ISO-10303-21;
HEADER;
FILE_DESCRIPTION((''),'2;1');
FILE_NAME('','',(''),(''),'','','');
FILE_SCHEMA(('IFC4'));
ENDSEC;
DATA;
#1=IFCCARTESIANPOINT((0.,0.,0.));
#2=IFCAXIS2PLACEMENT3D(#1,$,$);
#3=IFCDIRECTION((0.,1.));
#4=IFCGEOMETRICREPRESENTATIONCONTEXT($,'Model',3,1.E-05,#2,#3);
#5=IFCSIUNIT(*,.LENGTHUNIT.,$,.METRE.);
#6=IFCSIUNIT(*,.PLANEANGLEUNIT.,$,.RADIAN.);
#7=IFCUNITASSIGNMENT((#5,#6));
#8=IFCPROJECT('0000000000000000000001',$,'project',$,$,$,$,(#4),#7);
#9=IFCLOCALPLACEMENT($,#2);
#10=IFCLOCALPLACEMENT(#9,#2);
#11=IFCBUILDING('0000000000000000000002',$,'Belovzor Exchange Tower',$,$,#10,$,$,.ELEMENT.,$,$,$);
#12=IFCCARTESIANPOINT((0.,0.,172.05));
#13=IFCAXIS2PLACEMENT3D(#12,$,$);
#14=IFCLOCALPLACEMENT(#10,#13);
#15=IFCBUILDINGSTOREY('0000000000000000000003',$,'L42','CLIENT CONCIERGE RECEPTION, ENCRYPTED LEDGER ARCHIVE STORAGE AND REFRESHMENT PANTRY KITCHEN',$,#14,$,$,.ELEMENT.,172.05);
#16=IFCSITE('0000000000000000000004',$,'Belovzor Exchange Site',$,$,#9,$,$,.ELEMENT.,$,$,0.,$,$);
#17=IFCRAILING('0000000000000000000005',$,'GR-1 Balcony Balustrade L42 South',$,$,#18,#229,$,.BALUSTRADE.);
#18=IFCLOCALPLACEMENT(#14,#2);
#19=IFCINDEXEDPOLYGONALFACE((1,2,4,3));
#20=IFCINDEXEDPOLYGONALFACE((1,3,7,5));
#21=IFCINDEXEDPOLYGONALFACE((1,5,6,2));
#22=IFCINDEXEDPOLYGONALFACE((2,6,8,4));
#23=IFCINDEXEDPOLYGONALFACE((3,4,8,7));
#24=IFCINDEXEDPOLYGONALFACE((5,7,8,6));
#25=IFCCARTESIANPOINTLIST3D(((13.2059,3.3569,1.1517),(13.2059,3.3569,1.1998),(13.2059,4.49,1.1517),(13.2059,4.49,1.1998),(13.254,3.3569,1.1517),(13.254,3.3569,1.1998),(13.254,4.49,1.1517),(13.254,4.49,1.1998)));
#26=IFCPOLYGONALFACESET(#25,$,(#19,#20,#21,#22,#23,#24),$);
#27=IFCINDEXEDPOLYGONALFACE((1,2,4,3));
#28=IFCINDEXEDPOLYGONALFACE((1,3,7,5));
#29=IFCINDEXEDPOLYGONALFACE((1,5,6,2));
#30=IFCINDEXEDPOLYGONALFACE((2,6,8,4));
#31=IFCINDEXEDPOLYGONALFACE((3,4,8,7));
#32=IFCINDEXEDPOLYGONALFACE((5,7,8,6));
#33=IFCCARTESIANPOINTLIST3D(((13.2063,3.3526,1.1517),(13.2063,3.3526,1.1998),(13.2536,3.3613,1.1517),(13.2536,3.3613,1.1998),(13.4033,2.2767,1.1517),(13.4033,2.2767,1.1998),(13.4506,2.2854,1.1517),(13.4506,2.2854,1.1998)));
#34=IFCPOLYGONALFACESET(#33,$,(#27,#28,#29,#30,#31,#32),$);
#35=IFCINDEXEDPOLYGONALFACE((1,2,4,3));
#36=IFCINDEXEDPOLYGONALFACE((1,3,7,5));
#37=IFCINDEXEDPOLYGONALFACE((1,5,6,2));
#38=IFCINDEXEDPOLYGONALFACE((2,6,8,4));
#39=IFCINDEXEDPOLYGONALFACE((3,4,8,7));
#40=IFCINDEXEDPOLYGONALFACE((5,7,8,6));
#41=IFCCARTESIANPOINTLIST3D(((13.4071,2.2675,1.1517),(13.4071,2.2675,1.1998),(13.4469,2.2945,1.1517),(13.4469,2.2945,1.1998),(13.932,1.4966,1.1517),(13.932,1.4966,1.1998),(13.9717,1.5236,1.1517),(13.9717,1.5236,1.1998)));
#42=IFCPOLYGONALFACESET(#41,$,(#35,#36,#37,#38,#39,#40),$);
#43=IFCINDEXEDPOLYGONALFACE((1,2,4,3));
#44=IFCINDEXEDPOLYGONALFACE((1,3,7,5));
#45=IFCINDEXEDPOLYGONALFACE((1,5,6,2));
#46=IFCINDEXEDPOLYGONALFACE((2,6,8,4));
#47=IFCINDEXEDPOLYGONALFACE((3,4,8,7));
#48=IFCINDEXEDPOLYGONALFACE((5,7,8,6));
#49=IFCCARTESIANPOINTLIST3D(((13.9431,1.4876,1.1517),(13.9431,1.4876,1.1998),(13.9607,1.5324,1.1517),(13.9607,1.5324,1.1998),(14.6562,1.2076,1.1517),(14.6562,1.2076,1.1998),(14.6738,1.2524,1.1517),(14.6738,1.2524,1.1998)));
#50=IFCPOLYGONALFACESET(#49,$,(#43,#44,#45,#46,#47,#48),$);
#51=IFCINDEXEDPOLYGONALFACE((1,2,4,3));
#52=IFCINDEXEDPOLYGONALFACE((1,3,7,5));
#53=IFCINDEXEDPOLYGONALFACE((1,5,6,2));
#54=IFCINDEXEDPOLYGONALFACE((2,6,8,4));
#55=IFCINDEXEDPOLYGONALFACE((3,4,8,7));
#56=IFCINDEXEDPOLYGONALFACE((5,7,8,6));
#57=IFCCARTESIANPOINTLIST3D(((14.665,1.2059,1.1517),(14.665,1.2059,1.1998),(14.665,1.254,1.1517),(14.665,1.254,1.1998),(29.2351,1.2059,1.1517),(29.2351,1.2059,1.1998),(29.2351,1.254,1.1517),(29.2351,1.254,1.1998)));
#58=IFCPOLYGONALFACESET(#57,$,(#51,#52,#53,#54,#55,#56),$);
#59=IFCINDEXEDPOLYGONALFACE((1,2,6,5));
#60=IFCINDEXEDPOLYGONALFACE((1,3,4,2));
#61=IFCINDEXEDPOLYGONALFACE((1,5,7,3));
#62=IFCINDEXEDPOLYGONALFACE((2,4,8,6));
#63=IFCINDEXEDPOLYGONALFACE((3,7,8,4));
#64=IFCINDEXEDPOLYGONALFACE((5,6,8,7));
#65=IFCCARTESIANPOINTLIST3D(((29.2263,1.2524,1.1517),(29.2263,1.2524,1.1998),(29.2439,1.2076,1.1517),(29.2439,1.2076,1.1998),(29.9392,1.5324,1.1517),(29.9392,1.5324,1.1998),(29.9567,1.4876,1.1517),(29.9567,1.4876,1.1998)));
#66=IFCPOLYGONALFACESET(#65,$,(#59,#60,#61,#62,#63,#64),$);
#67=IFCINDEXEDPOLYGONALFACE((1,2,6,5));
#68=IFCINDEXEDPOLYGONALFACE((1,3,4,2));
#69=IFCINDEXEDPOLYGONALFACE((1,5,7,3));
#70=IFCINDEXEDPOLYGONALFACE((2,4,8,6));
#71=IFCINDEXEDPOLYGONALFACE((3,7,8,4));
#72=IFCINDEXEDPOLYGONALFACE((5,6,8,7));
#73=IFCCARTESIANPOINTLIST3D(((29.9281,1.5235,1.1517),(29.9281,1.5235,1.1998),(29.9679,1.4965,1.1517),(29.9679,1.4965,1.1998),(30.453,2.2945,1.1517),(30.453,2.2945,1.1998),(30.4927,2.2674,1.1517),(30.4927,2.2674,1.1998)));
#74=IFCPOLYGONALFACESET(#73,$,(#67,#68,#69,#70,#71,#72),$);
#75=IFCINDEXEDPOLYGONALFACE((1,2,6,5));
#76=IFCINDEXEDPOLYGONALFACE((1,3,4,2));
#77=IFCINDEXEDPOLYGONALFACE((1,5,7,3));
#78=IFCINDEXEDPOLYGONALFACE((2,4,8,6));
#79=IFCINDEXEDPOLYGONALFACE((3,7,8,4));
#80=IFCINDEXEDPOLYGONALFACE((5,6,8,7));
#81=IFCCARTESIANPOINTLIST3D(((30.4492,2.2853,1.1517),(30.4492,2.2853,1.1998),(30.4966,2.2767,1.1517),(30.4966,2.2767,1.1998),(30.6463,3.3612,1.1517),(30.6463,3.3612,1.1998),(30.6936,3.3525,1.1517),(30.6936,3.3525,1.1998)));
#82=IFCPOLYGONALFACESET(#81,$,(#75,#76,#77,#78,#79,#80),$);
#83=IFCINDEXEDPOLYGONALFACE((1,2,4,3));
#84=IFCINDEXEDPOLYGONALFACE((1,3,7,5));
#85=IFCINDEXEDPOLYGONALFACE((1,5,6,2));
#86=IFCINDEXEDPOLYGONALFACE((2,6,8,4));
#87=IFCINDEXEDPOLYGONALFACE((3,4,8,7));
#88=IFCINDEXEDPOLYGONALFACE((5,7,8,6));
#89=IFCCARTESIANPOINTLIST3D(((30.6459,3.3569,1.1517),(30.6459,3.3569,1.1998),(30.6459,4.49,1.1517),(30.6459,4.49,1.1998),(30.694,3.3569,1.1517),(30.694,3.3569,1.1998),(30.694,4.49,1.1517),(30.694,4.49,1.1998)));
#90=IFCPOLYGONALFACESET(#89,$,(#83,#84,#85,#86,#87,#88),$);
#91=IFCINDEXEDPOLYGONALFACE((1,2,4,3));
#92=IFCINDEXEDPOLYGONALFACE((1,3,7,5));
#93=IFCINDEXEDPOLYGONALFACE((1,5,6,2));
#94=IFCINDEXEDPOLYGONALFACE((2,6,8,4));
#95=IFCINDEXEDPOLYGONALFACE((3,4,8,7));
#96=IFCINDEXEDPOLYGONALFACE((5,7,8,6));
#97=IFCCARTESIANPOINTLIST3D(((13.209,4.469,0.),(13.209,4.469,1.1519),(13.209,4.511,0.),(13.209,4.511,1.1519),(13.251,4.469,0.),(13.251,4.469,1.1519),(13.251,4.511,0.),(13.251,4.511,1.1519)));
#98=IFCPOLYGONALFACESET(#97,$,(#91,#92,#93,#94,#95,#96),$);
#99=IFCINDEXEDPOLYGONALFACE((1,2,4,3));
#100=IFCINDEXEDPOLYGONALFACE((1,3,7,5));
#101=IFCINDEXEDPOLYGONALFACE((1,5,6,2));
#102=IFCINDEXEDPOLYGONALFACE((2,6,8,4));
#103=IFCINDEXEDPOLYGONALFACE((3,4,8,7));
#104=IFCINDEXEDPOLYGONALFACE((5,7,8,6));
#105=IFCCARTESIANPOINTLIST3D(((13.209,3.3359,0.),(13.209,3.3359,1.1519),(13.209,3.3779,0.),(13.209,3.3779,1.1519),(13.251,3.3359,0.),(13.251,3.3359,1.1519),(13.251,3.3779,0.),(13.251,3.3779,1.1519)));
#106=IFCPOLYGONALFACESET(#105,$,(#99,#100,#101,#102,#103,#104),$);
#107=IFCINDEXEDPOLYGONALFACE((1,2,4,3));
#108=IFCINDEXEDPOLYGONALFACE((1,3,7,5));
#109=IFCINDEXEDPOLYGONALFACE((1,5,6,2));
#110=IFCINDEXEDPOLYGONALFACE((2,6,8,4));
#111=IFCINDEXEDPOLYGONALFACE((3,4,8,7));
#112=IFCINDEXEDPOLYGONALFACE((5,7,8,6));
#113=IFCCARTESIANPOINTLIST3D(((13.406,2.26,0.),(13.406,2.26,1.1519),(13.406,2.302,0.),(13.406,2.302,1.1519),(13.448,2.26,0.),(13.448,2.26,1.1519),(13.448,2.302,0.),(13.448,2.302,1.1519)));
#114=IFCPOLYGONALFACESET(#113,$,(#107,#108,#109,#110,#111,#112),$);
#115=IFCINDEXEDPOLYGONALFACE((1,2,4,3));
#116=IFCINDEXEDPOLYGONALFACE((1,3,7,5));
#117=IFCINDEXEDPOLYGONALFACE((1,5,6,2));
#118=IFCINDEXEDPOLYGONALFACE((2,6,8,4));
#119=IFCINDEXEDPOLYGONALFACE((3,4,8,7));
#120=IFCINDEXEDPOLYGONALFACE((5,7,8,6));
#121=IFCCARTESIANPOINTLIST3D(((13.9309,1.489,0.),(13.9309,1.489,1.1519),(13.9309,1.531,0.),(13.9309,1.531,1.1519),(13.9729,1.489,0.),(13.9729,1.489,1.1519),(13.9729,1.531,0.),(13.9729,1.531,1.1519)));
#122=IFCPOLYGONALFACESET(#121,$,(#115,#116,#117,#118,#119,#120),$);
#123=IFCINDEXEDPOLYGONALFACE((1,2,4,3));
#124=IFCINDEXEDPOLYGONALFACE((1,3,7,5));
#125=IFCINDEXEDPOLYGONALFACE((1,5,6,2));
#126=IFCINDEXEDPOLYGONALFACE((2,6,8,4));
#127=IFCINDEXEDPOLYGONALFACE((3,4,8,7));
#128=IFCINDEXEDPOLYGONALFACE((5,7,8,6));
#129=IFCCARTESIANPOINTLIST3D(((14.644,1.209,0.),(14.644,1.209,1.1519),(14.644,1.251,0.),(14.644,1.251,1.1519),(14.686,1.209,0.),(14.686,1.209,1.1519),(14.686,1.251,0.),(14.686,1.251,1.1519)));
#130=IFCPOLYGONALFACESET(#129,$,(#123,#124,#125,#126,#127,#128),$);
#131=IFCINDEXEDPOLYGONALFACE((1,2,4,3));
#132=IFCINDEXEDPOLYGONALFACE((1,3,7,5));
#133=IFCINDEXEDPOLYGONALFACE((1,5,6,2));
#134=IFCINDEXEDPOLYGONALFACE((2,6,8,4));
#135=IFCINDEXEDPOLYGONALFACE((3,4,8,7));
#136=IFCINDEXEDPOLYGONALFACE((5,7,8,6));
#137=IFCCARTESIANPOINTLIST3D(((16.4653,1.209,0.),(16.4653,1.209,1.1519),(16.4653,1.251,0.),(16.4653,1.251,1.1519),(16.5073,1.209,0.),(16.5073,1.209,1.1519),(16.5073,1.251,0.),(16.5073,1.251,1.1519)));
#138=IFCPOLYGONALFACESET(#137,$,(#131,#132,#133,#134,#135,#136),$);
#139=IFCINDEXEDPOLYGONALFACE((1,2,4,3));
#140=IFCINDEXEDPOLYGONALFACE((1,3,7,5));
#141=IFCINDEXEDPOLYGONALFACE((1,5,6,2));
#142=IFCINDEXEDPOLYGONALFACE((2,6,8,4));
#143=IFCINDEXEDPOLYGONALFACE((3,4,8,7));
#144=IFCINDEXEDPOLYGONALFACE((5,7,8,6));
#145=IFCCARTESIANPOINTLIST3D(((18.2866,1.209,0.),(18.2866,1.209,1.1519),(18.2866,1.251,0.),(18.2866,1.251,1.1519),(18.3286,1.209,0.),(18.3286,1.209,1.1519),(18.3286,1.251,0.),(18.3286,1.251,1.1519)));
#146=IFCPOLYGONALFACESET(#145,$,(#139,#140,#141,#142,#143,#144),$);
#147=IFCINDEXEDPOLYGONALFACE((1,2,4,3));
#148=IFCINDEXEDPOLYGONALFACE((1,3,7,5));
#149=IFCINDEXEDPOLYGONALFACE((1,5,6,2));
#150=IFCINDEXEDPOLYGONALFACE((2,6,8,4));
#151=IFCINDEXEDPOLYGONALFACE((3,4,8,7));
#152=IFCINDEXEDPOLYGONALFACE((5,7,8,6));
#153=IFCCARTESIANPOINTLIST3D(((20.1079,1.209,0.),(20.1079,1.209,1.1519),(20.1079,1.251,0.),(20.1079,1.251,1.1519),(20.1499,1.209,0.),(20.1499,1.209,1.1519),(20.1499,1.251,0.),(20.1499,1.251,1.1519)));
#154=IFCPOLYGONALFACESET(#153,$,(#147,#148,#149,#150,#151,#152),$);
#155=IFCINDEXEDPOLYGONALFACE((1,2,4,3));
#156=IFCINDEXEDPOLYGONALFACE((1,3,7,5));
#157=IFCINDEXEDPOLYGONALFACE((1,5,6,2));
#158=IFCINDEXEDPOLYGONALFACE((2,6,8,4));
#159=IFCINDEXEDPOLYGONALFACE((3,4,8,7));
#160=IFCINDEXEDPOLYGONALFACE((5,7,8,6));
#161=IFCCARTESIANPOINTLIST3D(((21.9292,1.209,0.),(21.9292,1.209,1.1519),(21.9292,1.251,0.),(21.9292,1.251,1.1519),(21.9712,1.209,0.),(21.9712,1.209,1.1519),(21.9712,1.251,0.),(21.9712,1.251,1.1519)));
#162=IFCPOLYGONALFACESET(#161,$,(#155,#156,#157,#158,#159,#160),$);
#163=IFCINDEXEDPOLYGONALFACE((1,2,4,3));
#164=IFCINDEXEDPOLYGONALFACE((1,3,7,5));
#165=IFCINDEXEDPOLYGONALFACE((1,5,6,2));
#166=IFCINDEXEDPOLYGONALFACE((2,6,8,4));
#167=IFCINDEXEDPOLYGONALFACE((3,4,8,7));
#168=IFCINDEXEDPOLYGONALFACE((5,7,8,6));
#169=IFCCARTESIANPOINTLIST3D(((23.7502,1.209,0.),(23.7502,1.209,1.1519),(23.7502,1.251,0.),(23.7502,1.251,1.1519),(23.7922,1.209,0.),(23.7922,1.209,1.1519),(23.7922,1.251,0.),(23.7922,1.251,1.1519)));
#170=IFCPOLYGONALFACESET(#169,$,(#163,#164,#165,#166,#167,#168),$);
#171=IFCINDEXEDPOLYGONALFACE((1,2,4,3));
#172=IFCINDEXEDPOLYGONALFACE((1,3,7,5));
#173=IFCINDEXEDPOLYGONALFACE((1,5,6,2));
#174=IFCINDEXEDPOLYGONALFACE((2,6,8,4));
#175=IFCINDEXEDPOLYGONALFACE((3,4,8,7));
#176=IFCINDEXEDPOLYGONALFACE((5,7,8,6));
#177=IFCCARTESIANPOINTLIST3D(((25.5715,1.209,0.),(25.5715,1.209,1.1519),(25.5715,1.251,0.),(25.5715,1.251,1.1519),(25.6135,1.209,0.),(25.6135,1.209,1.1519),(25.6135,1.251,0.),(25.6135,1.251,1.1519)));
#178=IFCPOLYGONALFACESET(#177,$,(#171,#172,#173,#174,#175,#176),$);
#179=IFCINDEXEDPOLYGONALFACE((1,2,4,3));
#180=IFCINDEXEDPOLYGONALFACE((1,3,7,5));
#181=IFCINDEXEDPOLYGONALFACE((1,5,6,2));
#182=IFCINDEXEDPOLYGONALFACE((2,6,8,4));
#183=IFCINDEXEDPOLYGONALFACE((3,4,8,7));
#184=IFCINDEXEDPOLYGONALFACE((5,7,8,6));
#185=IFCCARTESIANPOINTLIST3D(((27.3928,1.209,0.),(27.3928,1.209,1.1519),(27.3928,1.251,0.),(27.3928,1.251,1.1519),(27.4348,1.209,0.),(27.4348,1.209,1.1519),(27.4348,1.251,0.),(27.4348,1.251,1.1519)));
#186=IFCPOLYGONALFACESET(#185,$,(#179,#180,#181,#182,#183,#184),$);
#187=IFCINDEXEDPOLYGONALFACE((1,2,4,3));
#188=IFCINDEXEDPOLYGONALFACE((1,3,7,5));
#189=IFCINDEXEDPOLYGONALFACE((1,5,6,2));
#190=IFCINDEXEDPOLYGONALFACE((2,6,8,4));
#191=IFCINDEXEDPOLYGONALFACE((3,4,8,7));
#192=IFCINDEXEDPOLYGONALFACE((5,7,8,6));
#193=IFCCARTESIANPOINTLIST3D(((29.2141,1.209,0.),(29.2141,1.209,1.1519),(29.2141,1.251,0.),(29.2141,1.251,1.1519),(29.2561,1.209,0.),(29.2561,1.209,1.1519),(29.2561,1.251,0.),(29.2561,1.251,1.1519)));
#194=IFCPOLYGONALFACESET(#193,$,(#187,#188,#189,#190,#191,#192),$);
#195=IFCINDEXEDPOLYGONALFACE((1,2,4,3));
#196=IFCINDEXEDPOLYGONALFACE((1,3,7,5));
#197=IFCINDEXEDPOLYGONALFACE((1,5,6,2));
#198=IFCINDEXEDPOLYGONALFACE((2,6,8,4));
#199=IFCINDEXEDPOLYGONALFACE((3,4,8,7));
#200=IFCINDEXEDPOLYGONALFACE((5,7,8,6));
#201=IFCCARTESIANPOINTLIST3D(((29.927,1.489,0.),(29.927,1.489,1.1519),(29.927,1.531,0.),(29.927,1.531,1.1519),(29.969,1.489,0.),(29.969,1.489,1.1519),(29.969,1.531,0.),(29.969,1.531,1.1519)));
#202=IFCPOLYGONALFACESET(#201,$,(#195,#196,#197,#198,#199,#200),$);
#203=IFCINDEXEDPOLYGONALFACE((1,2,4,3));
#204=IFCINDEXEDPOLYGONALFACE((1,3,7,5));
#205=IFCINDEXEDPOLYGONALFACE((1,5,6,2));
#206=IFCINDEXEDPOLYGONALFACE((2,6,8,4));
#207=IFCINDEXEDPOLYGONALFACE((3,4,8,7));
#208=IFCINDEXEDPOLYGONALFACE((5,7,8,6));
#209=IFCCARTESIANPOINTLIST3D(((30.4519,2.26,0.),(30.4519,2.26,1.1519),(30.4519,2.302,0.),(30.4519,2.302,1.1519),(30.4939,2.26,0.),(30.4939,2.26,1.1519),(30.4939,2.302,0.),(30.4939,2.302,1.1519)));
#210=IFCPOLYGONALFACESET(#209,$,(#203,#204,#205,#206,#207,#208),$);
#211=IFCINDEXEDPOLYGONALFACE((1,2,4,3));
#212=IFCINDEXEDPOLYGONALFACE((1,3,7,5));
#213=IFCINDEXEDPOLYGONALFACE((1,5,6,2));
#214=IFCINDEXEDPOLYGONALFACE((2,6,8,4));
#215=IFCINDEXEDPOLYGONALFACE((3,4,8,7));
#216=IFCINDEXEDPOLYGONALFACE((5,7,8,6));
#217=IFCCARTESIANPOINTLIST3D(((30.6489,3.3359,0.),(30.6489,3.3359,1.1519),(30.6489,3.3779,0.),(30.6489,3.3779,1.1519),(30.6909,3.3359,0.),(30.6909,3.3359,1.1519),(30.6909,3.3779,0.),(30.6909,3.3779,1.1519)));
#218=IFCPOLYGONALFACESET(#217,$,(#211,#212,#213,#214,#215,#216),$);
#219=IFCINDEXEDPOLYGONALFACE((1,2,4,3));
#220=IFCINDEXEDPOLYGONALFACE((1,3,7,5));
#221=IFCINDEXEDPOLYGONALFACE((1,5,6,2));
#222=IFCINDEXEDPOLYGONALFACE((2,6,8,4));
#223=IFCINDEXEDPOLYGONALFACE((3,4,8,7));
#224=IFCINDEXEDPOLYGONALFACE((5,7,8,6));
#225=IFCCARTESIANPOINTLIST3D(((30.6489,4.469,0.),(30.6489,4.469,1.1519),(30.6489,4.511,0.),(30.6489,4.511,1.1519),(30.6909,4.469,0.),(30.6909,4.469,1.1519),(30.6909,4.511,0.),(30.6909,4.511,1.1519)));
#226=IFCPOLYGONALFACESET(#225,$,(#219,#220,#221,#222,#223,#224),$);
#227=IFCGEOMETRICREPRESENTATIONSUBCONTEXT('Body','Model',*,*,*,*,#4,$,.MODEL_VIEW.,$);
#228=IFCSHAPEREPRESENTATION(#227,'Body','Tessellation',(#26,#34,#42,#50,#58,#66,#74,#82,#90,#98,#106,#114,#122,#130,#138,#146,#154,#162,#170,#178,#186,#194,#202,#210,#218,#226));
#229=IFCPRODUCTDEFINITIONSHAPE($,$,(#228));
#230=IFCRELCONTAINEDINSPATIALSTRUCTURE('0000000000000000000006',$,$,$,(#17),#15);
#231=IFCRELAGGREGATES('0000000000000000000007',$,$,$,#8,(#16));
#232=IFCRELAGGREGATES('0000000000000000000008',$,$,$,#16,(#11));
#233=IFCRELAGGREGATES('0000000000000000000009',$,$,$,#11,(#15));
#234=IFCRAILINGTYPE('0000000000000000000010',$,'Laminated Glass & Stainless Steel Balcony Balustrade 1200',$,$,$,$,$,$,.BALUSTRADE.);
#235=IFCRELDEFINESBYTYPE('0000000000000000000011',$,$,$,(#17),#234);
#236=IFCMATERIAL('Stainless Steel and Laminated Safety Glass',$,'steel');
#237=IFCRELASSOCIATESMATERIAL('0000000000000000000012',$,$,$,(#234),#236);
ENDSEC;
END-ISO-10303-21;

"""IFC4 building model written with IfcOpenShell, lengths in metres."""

from ifc_helpers import new_model, si_unit, direction, frame, origin, origin_2d, place, context, subcontext, project, spatial, rectangle, extrude, material, type_object, element, save


model = new_model("IFC4")

# Units and contexts
model_context = context("Model", 3, precision=1e-05, world=origin(), true_north=direction((0.0, 1.0)))
body_context = subcontext(model_context, "Body", "Model", "MODEL_VIEW")
ifc_project = project(units=[si_unit("LENGTHUNIT", "METRE"), si_unit("PLANEANGLEUNIT", "RADIAN")], contexts=[model_context])

# Site, building, storey
site_placement = place(None, origin())
site = spatial("IfcSite", under=ifc_project, at=site_placement, Name="Belovzor Exchange Site", CompositionType="ELEMENT", RefElevation=0.0)
building_placement = place(site_placement, origin())
building = spatial("IfcBuilding", under=site, at=building_placement, Name="Belovzor Exchange Tower", CompositionType="ELEMENT")
storey_placement = place(building_placement, frame((0.0, 0.0, 172.05)))
storey = spatial("IfcBuildingStorey", under=building, at=storey_placement, Name="L42", Description="CLIENT CONCIERGE RECEPTION, ENCRYPTED LEDGER ARCHIVE STORAGE AND REFRESHMENT PANTRY KITCHEN", CompositionType="ELEMENT", Elevation=172.05)

# Railing
ifc_material_1 = material(Name="Stainless Steel and Laminated Safety Glass", Category="steel")
railing_type = type_object("IfcRailingType", Name="Laminated Glass & Stainless Steel Balcony Balustrade 1200", PredefinedType="BALUSTRADE", material=ifc_material_1)
railing_placement = place(storey_placement, frame((13.23, 4.49, 0.0)))
element("IfcRailing", 1, at=railing_placement, inside=storey, type_object=railing_type, Name="GR-1 Balcony Balustrade L42 South", PredefinedType="BALUSTRADE", context=body_context, shape_type="SweptSolid", body=[
    extrude(rectangle(XDim=0.0481, YDim=0.0481, at=origin_2d()), frame((0.0, 0.0, 1.1758), z_axis=(0.0, -1.0, 0.0), x_axis=(1.0, 0.0, 0.0)), (0.0, 0.0, 1.0), 1.1331),
    extrude(rectangle(XDim=0.0481, YDim=0.0481, at=origin_2d()), frame((0.0, -1.1331, 1.1758), z_axis=(0.180123, -0.983644, 0.0), x_axis=(0.983644, 0.180123, 0.0)), (0.0, 0.0, 1.0), 1.0938),
    extrude(rectangle(XDim=0.0481, YDim=0.0481, at=origin_2d()), frame((0.197, -2.209, 1.1758), z_axis=(0.562768, -0.826615, 0.0), x_axis=(0.826615, 0.562768, 0.0)), (0.0, 0.0, 1.0), 0.9326),
    extrude(rectangle(XDim=0.0481, YDim=0.0481, at=origin_2d()), frame((0.7219, -2.98, 1.1758), z_axis=(0.93081, -0.365504, 0.0), x_axis=(0.365504, 0.93081, 0.0)), (0.0, 0.0, 1.0), 0.7661),
    extrude(rectangle(XDim=0.0481, YDim=0.0481, at=origin_2d()), frame((1.4351, -3.26, 1.1758), z_axis=(1.0, 0.0, 0.0), x_axis=(0.0, 1.0, 0.0)), (0.0, 0.0, 1.0), 14.5701),
    extrude(rectangle(XDim=0.0481, YDim=0.0481, at=origin_2d()), frame((16.0051, -3.26, 1.1758), z_axis=(0.930767, 0.365613, 0.0), x_axis=(-0.365613, 0.930767, 0.0)), (0.0, 0.0, 1.0), 0.7659),
    extrude(rectangle(XDim=0.0481, YDim=0.0481, at=origin_2d()), frame((16.718, -2.98, 1.1758), z_axis=(0.562768, 0.826615, 0.0), x_axis=(-0.826615, 0.562768, 0.0)), (0.0, 0.0, 1.0), 0.9326),
    extrude(rectangle(XDim=0.0481, YDim=0.0481, at=origin_2d()), frame((17.2429, -2.209, 1.1758), z_axis=(0.180123, 0.983644, 0.0), x_axis=(-0.983644, 0.180123, 0.0)), (0.0, 0.0, 1.0), 1.0938),
    extrude(rectangle(XDim=0.0481, YDim=0.0481, at=origin_2d()), frame((17.4399, -1.1331, 1.1758), z_axis=(0.0, 1.0, 0.0), x_axis=(-1.0, 0.0, 0.0)), (0.0, 0.0, 1.0), 1.1331),
    extrude(rectangle(XDim=0.042, YDim=0.042, at=origin_2d()), origin(), (0.0, 0.0, 1.0), 1.1519),
    extrude(rectangle(XDim=0.042, YDim=0.042, at=origin_2d()), frame((0.0, -1.1331, 0.0)), (0.0, 0.0, 1.0), 1.1519),
    extrude(rectangle(XDim=0.042, YDim=0.042, at=origin_2d()), frame((0.197, -2.209, 0.0)), (0.0, 0.0, 1.0), 1.1519),
    extrude(rectangle(XDim=0.042, YDim=0.042, at=origin_2d()), frame((0.7219, -2.98, 0.0)), (0.0, 0.0, 1.0), 1.1519),
    extrude(rectangle(XDim=0.042, YDim=0.042, at=origin_2d()), frame((1.4351, -3.26, 0.0)), (0.0, 0.0, 1.0), 1.1519),
    extrude(rectangle(XDim=0.042, YDim=0.042, at=origin_2d()), frame((3.2563, -3.26, 0.0)), (0.0, 0.0, 1.0), 1.1519),
    extrude(rectangle(XDim=0.042, YDim=0.042, at=origin_2d()), frame((5.0776, -3.26, 0.0)), (0.0, 0.0, 1.0), 1.1519),
    extrude(rectangle(XDim=0.042, YDim=0.042, at=origin_2d()), frame((6.8989, -3.26, 0.0)), (0.0, 0.0, 1.0), 1.1519),
    extrude(rectangle(XDim=0.042, YDim=0.042, at=origin_2d()), frame((8.7202, -3.26, 0.0)), (0.0, 0.0, 1.0), 1.1519),
    extrude(rectangle(XDim=0.042, YDim=0.042, at=origin_2d()), frame((10.5413, -3.26, 0.0)), (0.0, 0.0, 1.0), 1.1519),
    extrude(rectangle(XDim=0.042, YDim=0.042, at=origin_2d()), frame((12.3625, -3.26, 0.0)), (0.0, 0.0, 1.0), 1.1519),
    extrude(rectangle(XDim=0.042, YDim=0.042, at=origin_2d()), frame((14.1838, -3.26, 0.0)), (0.0, 0.0, 1.0), 1.1519),
    extrude(rectangle(XDim=0.042, YDim=0.042, at=origin_2d()), frame((16.0051, -3.26, 0.0)), (0.0, 0.0, 1.0), 1.1519),
    extrude(rectangle(XDim=0.042, YDim=0.042, at=origin_2d()), frame((16.718, -2.98, 0.0)), (0.0, 0.0, 1.0), 1.1519),
    extrude(rectangle(XDim=0.042, YDim=0.042, at=origin_2d()), frame((17.2429, -2.209, 0.0)), (0.0, 0.0, 1.0), 1.1519),
    extrude(rectangle(XDim=0.042, YDim=0.042, at=origin_2d()), frame((17.4399, -1.1331, 0.0)), (0.0, 0.0, 1.0), 1.1519),
    extrude(rectangle(XDim=0.042, YDim=0.042, at=origin_2d()), frame((17.4399, 0.0, 0.0)), (0.0, 0.0, 1.0), 1.1519),
])

save(model, "model.ifc")
